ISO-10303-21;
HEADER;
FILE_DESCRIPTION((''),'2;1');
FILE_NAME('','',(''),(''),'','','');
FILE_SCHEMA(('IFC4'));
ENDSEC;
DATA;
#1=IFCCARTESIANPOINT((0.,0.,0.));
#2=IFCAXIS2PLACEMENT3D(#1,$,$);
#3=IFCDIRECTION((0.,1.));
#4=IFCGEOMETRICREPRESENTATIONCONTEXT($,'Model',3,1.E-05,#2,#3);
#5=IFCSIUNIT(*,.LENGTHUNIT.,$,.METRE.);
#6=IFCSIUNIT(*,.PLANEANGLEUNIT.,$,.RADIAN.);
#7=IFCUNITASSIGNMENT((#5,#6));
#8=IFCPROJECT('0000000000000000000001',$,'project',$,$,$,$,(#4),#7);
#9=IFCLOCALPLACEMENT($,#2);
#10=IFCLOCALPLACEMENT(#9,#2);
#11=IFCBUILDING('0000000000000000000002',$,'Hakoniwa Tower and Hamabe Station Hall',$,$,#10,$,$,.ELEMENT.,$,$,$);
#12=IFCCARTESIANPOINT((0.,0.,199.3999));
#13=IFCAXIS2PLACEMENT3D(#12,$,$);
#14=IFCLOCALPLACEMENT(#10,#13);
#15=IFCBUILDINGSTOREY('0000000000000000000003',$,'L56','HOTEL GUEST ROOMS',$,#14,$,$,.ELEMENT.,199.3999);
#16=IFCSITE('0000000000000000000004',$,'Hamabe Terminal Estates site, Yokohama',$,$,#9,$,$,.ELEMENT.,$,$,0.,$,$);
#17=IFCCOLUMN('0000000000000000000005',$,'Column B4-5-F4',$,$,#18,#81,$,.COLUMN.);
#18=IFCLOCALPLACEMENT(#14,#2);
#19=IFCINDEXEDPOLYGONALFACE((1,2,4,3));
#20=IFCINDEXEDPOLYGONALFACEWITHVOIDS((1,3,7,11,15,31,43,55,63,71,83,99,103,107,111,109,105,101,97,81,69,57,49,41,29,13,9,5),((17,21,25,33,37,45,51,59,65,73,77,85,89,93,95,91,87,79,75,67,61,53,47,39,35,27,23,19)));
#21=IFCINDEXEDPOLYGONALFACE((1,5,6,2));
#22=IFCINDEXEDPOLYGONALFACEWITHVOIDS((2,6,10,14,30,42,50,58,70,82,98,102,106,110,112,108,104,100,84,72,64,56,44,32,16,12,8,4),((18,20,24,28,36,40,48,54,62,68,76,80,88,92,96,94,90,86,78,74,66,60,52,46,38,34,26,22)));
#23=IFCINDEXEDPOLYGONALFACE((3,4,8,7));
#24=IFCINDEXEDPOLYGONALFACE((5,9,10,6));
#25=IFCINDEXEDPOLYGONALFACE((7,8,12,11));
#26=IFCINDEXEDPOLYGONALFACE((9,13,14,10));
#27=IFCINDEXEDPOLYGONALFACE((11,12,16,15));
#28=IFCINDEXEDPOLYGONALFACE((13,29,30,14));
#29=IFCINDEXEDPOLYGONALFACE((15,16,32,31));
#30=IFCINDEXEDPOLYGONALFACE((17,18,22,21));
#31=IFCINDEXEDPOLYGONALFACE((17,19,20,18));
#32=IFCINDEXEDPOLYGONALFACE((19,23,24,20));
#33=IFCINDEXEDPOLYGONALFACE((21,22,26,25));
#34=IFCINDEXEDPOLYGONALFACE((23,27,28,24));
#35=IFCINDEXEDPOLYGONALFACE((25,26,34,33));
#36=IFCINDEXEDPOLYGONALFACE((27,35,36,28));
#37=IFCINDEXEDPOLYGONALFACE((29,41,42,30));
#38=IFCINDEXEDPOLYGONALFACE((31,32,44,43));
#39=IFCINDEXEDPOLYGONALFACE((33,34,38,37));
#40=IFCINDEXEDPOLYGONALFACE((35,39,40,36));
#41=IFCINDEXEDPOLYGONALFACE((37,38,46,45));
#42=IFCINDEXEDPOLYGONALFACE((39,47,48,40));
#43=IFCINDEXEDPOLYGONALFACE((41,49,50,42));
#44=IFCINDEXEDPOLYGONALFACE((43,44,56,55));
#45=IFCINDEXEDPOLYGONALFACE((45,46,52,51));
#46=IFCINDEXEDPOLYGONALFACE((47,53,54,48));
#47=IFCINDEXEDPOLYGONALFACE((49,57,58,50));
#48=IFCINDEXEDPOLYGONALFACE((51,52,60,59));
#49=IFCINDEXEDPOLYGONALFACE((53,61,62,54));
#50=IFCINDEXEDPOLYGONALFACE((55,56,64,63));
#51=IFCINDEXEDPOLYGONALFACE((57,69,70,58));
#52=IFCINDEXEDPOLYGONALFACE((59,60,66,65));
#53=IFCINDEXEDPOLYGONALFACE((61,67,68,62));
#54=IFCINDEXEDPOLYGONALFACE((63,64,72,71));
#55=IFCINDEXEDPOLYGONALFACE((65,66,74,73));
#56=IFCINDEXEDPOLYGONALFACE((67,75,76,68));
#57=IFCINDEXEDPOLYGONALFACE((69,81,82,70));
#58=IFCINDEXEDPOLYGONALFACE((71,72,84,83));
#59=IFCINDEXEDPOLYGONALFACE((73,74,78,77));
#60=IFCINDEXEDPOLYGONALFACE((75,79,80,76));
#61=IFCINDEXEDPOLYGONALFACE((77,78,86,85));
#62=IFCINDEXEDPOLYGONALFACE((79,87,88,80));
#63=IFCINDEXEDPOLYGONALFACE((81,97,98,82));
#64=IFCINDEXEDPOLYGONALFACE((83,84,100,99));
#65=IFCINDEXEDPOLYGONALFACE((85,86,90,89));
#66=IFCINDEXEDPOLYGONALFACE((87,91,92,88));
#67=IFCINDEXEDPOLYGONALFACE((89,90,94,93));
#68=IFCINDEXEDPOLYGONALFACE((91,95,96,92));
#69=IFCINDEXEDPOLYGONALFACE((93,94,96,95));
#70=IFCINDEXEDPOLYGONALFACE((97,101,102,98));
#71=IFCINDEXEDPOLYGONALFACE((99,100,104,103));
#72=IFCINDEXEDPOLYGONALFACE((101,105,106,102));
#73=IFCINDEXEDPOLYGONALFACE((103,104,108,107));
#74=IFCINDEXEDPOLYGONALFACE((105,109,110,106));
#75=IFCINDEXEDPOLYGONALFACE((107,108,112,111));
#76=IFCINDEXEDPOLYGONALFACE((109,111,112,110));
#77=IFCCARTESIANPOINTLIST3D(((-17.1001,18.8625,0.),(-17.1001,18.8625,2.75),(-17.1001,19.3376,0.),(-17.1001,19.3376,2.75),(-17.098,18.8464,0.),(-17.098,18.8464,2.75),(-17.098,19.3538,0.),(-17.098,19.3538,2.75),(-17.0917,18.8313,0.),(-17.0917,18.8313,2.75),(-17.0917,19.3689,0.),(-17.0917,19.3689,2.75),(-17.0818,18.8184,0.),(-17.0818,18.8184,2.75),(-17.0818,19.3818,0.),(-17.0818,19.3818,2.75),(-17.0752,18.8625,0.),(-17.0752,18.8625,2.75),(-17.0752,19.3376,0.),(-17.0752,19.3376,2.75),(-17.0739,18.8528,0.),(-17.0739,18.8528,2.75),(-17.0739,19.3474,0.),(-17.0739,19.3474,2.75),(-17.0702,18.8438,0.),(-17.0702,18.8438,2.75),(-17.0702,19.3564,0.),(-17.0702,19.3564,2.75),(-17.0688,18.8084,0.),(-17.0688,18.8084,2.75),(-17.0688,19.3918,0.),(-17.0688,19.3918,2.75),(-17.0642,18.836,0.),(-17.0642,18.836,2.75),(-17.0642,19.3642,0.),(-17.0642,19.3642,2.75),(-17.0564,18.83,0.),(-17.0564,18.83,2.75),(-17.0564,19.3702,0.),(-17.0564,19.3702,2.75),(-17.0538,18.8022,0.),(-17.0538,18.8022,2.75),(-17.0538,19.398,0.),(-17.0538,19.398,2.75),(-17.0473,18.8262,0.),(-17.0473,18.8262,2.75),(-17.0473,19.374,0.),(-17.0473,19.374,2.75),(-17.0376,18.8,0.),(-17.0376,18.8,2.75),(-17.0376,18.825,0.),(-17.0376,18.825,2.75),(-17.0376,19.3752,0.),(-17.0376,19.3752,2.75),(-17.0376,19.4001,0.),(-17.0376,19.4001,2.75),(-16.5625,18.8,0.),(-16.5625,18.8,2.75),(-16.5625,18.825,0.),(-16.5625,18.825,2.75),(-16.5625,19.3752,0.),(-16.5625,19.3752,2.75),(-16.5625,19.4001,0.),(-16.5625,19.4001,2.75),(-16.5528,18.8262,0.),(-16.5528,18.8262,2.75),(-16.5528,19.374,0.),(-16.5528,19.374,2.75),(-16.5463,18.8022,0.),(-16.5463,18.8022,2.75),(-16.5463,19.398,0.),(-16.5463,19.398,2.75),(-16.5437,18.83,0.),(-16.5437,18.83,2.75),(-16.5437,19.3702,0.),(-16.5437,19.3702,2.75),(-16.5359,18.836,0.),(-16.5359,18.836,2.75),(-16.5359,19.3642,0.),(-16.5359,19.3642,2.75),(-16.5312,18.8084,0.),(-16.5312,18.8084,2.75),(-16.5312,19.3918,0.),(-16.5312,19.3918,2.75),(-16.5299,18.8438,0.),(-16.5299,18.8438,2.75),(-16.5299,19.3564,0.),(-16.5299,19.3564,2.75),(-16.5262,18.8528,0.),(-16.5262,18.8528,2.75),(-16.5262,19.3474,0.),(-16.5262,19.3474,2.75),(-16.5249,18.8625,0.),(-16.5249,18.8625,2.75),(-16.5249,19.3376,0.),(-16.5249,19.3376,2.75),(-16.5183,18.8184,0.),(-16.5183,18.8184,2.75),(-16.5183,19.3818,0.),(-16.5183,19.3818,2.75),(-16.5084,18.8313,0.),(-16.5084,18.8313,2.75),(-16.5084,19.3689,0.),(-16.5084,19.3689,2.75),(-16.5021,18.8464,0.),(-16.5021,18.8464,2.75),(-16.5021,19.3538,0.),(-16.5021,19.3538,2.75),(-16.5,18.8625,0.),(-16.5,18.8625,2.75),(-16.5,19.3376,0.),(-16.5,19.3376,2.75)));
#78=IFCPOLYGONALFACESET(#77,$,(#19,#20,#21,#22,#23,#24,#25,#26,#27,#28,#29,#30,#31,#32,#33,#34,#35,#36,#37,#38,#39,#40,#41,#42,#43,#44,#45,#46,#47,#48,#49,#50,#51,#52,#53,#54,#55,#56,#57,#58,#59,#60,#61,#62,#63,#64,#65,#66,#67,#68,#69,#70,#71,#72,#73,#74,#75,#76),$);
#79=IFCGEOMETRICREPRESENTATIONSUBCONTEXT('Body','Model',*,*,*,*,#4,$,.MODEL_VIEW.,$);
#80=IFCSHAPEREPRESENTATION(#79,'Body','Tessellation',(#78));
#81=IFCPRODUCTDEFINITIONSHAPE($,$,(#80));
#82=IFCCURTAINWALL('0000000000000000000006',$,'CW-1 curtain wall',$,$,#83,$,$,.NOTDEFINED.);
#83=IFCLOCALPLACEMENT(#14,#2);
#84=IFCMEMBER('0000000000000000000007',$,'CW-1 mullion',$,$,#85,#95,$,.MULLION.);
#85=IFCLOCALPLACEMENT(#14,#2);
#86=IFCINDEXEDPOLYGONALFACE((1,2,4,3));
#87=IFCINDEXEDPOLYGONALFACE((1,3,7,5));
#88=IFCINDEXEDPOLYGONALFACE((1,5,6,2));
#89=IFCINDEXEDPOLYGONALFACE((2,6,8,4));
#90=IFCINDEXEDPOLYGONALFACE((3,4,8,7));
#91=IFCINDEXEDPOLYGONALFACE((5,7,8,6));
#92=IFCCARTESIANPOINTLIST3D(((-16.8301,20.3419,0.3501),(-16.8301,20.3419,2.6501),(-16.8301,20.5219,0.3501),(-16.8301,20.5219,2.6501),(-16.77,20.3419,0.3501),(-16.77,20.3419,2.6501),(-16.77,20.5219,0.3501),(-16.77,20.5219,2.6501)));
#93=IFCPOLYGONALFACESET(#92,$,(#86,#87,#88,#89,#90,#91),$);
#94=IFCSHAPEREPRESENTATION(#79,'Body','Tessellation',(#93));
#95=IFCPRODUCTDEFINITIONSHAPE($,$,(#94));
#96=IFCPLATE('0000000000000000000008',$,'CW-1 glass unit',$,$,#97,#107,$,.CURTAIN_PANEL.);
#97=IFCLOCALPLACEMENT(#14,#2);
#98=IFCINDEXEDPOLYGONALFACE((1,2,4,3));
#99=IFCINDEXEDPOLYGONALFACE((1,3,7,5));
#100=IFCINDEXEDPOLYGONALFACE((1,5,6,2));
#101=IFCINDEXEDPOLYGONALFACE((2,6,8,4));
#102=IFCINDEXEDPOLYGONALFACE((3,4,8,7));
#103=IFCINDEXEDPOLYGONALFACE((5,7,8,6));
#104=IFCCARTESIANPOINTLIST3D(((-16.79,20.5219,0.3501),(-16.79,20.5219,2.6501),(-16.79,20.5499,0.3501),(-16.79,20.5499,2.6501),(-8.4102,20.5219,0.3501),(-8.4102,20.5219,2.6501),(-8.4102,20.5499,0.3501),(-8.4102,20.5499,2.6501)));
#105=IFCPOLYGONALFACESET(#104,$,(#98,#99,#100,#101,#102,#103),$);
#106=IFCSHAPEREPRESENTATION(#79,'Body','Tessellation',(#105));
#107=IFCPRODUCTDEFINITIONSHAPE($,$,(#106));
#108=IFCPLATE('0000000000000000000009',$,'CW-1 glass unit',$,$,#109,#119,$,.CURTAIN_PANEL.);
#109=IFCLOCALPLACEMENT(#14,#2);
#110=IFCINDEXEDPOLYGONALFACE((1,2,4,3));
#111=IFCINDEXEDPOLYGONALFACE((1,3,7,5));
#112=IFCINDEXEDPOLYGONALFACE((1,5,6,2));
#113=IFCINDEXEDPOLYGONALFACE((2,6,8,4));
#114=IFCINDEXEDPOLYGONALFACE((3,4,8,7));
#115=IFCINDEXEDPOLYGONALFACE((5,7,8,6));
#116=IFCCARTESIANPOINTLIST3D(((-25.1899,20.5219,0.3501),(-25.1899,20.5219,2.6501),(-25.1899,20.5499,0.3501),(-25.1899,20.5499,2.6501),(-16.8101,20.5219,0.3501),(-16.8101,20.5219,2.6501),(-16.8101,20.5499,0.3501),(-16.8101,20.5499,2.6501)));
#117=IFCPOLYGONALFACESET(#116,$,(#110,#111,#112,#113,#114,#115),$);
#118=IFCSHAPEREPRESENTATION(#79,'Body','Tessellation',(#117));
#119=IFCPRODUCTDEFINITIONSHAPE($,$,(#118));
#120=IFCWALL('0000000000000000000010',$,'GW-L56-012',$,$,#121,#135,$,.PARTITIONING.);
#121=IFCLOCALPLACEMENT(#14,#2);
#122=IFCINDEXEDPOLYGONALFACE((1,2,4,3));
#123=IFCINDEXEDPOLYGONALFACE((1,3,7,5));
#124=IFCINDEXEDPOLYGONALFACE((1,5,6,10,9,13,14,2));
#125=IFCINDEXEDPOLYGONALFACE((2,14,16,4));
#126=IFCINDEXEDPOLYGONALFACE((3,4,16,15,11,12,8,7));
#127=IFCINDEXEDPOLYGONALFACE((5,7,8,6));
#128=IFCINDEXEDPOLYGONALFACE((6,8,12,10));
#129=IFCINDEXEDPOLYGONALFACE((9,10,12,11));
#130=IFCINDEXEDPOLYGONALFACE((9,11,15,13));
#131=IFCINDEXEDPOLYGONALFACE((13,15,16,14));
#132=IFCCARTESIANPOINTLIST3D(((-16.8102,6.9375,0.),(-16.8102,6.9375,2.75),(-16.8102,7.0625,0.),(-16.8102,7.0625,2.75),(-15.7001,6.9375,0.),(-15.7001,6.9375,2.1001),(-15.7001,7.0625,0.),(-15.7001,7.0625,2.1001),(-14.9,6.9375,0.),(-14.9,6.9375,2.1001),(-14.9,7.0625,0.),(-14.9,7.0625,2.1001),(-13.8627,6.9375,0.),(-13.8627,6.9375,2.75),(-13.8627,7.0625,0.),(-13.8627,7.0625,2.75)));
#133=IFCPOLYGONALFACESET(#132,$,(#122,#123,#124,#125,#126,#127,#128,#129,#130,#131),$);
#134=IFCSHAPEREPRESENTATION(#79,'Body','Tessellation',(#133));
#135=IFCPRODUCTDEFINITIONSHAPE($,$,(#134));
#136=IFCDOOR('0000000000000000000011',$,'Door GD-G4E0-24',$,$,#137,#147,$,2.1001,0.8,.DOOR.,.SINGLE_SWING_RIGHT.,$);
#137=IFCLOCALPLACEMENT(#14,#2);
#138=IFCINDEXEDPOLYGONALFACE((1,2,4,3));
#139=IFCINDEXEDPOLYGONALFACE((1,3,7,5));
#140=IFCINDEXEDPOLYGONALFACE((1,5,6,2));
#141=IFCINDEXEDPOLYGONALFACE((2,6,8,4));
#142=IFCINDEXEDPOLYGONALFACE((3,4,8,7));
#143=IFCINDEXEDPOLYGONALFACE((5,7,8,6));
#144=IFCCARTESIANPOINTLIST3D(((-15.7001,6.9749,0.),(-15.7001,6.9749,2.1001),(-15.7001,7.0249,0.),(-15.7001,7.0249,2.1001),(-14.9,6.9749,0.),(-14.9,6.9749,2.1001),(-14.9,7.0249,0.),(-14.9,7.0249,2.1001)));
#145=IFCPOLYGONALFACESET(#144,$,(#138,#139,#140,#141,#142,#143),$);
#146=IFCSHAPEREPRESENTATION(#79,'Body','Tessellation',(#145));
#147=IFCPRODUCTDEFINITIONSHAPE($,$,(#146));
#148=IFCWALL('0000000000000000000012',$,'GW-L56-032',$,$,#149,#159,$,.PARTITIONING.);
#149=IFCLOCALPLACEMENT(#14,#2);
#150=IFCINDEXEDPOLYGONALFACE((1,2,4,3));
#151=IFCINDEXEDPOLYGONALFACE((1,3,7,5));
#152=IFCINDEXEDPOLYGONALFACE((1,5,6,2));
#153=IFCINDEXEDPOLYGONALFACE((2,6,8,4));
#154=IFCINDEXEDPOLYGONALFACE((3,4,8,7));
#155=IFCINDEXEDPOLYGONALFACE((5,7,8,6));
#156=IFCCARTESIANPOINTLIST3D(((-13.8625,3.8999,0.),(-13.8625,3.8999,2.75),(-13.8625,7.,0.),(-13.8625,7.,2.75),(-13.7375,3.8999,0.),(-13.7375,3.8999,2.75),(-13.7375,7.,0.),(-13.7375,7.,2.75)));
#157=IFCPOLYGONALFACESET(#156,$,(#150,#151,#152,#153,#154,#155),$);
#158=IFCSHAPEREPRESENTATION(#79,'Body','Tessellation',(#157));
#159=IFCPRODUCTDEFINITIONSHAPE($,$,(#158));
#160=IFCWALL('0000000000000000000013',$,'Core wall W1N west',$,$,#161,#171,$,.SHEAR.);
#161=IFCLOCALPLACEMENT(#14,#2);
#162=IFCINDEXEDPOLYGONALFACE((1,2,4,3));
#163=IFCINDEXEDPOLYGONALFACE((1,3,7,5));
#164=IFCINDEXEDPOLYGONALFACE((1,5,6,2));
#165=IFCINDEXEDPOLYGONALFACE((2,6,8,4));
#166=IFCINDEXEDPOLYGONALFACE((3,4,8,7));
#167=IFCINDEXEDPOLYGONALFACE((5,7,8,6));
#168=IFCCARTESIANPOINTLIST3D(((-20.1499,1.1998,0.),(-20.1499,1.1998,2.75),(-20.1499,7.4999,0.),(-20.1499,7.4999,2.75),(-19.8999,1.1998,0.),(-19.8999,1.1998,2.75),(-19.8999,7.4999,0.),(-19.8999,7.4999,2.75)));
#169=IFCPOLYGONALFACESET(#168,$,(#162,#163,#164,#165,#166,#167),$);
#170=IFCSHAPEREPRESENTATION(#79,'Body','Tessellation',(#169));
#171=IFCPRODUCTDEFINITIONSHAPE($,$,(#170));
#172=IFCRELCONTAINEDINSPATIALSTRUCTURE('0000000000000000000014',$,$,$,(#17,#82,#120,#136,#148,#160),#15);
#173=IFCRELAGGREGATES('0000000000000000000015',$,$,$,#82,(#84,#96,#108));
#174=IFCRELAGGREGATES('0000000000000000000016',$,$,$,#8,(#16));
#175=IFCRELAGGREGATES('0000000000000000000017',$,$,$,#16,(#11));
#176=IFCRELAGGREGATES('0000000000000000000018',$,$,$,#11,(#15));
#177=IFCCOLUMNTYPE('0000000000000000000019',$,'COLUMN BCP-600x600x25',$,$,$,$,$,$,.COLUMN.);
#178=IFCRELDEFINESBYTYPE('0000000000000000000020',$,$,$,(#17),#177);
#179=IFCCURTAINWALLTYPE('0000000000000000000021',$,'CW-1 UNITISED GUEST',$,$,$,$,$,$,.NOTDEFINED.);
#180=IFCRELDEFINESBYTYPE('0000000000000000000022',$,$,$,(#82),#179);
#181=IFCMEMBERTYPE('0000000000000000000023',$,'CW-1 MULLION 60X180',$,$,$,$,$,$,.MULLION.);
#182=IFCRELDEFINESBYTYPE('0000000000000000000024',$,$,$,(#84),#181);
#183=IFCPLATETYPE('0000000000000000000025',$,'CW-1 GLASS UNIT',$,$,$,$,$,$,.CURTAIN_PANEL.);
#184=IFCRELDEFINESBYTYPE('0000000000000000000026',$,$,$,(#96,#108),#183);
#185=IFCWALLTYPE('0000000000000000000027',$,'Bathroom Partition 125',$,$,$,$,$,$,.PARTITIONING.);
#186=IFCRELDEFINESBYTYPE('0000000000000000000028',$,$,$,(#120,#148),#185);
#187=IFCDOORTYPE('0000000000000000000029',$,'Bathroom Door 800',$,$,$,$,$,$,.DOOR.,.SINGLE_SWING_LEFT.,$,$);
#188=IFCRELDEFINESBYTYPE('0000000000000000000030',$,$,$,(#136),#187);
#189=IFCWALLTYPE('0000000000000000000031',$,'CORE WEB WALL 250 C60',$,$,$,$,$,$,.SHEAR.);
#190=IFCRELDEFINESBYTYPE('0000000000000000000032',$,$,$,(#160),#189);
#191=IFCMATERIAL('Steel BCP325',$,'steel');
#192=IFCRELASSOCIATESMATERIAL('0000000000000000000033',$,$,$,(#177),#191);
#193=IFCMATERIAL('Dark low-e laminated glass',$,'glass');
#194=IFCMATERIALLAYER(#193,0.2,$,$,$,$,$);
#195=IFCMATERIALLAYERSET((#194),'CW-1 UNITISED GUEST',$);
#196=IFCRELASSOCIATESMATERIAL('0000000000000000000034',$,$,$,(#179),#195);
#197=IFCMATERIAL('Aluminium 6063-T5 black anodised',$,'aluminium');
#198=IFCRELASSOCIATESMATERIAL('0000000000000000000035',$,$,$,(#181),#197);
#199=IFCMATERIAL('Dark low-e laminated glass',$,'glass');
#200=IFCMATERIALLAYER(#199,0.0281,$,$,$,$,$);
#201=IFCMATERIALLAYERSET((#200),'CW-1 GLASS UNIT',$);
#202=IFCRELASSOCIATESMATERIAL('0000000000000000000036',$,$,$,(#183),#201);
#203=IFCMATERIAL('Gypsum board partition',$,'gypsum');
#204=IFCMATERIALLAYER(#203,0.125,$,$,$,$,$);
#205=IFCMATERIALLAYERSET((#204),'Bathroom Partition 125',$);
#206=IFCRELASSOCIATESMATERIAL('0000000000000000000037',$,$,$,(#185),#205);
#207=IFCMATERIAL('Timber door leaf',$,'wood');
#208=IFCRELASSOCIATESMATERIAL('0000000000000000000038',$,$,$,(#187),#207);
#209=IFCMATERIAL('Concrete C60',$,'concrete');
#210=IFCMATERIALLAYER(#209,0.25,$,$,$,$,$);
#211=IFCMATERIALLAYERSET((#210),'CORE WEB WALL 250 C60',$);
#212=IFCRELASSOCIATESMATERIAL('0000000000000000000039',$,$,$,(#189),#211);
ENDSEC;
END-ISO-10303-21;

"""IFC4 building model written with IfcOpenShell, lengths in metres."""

from ifc_helpers import new_model, si_unit, direction, frame, frame_2d, origin, origin_2d, place, context, subcontext, project, spatial, rectangle, hollow_rectangle, extrude, material, layer, layer_set, material_profile, profile_set, type_object, element, fill, aggregate, save


model = new_model("IFC4")

# Units and contexts
model_context = context("Model", 3, precision=1e-05, world=origin(), true_north=direction((0.0, 1.0)))
body_context = subcontext(model_context, "Body", "Model", "MODEL_VIEW")
ifc_project = project(units=[si_unit("LENGTHUNIT", "METRE"), si_unit("PLANEANGLEUNIT", "RADIAN")], contexts=[model_context])

# Site, building, storey
site_placement = place(None, origin())
site = spatial("IfcSite", under=ifc_project, at=site_placement, Name="Hamabe Terminal Estates site, Yokohama", CompositionType="ELEMENT", RefElevation=0.0)
building_placement = place(site_placement, origin())
building = spatial("IfcBuilding", under=site, at=building_placement, Name="Hakoniwa Tower and Hamabe Station Hall", CompositionType="ELEMENT")
storey_placement = place(building_placement, frame((0.0, 0.0, 199.3999)))
storey = spatial("IfcBuildingStorey", under=building, at=storey_placement, Name="L56", Description="HOTEL GUEST ROOMS", CompositionType="ELEMENT", Elevation=199.3999)

# Column
ifc_material_1 = material(Name="Steel BCP325", Category="steel")
ifc_material_profile_1 = material_profile(ifc_material_1, hollow_rectangle(XDim=0.6001, YDim=0.6001, WallThickness=0.0249, InnerFilletRadius=0.0376, OuterFilletRadius=0.0625, at=origin_2d()), Name="BCP-600x600x25")
ifc_profile_set_1 = profile_set([ifc_material_profile_1], Name="Steel BCP325")
column_type = type_object("IfcColumnType", Name="COLUMN BCP-600x600x25", PredefinedType="COLUMN", material=ifc_profile_set_1)
column_placement = place(storey_placement, frame((-16.8, 19.1001, 0.0), z_axis=(0.0, 0.0, 1.0), x_axis=(1.0, 0.0, 0.0)))
element("IfcColumn", 1, at=column_placement, inside=storey, type_object=column_type, Name="Column B4-5-F4", PredefinedType="COLUMN", context=body_context, shape_type="SweptSolid", body=[
    extrude(hollow_rectangle(XDim=0.6001, YDim=0.6001, WallThickness=0.0249, InnerFilletRadius=0.0376, OuterFilletRadius=0.0625, at=origin_2d()), origin(), (0.0, 0.0, 1.0), 2.75),
])

# Curtain wall, member, plates
ifc_material_2 = material(Name="Dark low-e laminated glass", Category="glass")
ifc_layer_1 = layer(ifc_material_2, 0.2)
ifc_layer_set_1 = layer_set([ifc_layer_1], Name="CW-1 UNITISED GUEST")
curtain_wall_type = type_object("IfcCurtainWallType", Name="CW-1 UNITISED GUEST", PredefinedType="NOTDEFINED", material=ifc_layer_set_1)
curtain_wall_placement = place(storey_placement, origin())
curtain_wall = element("IfcCurtainWall", 2, at=curtain_wall_placement, inside=storey, type_object=curtain_wall_type, Name="CW-1 curtain wall", PredefinedType="NOTDEFINED")
ifc_material_3 = material(Name="Aluminium 6063-T5 black anodised", Category="aluminium")
ifc_material_profile_2 = material_profile(ifc_material_3, rectangle(XDim=0.0601, YDim=0.1799, at=origin_2d()), Name="CW-1 MULLION 60X180")
ifc_profile_set_2 = profile_set([ifc_material_profile_2], Name="Aluminium 6063-T5 black anodised")
member_type = type_object("IfcMemberType", Name="CW-1 MULLION 60X180", PredefinedType="MULLION", material=ifc_profile_set_2)
member_placement = place(storey_placement, frame((-16.8, 20.4319, 0.3501), z_axis=(0.0, 0.0, 1.0), x_axis=(-1.0, 0.0, 0.0)))
member = element("IfcMember", 3, at=member_placement, type_object=member_type, Name="CW-1 mullion", PredefinedType="MULLION", context=body_context, shape_type="SweptSolid", body=[
    extrude(rectangle(XDim=0.0601, YDim=0.1799, at=origin_2d()), origin(), (0.0, 0.0, 1.0), 2.3),
])
ifc_material_4 = material(Name="Dark low-e laminated glass", Category="glass")
ifc_layer_2 = layer(ifc_material_4, 0.0281)
ifc_layer_set_2 = layer_set([ifc_layer_2], Name="CW-1 GLASS UNIT")
plate_type = type_object("IfcPlateType", Name="CW-1 GLASS UNIT", PredefinedType="CURTAIN_PANEL", material=ifc_layer_set_2)
plate_1_placement = place(storey_placement, frame((-12.6001, 20.5359, 0.3501), z_axis=(0.0, 0.0, 1.0), x_axis=(-1.0, 0.0, 0.0)))
plate_1 = element("IfcPlate", 4, at=plate_1_placement, type_object=plate_type, Name="CW-1 glass unit", PredefinedType="CURTAIN_PANEL", context=body_context, shape_type="SweptSolid", body=[
    extrude(rectangle(XDim=8.3799, YDim=0.0281, at=origin_2d()), origin(), (0.0, 0.0, 1.0), 2.3),
])
plate_2_placement = place(storey_placement, frame((-21.0, 20.5359, 0.3501), z_axis=(0.0, 0.0, 1.0), x_axis=(-1.0, 0.0, 0.0)))
plate_2 = element("IfcPlate", 5, at=plate_2_placement, type_object=plate_type, Name="CW-1 glass unit", PredefinedType="CURTAIN_PANEL", context=body_context, shape_type="SweptSolid", body=[
    extrude(rectangle(XDim=8.3799, YDim=0.0281, at=origin_2d()), origin(), (0.0, 0.0, 1.0), 2.3),
])
aggregate(curtain_wall, [member, plate_1, plate_2])

# Wall, opening, door
ifc_material_5 = material(Name="Gypsum board partition", Category="gypsum")
ifc_layer_3 = layer(ifc_material_5, 0.125)
ifc_layer_set_3 = layer_set([ifc_layer_3], Name="Bathroom Partition 125")
wall_type_1 = type_object("IfcWallType", Name="Bathroom Partition 125", PredefinedType="PARTITIONING", material=ifc_layer_set_3)
wall_1_placement = place(storey_placement, frame((-16.8101, 7.0, 0.0), z_axis=(0.0, 0.0, 1.0), x_axis=(1.0, 0.0, 0.0)))
wall_1 = element("IfcWall", 6, at=wall_1_placement, inside=storey, type_object=wall_type_1, Name="GW-L56-012", PredefinedType="PARTITIONING", context=body_context, shape_type="SweptSolid", body=[
    extrude(rectangle(XDim=2.9475, YDim=0.125, at=frame_2d((1.4736, 0.0))), origin(), (0.0, 0.0, 1.0), 2.75),
])
opening_1_placement = place(wall_1_placement, frame((1.1101, 0.0, 0.0)))
opening_1 = element("IfcOpeningElement", 7, at=opening_1_placement, cuts=wall_1, PredefinedType="OPENING", context=body_context, shape_type="SweptSolid", body=[
    extrude(rectangle(XDim=0.8, YDim=2.1001, at=frame_2d((0.3999, 1.05))), frame((0.0, 0.0725, 0.0), z_axis=(0.0, -1.0, 0.0), x_axis=(1.0, 0.0, 0.0)), (0.0, 0.0, 1.0), 0.145),
])
ifc_material_6 = material(Name="Timber door leaf", Category="wood")
door_type_1 = type_object("IfcDoorType", Name="Bathroom Door 800", OperationType="SINGLE_SWING_LEFT", PredefinedType="DOOR", material=ifc_material_6)
door_1_placement = place(opening_1_placement, origin())
door_1 = element("IfcDoor", 8, at=door_1_placement, inside=storey, type_object=door_type_1, Name="Door GD-G4E0-24", OperationType="SINGLE_SWING_RIGHT", OverallHeight=2.1001, OverallWidth=0.8, PredefinedType="DOOR", context=body_context, shape_type="SweptSolid", body=[
    extrude(rectangle(XDim=0.8, YDim=2.1001, at=frame_2d((0.3999, 1.05))), frame((0.0, 0.0249, 0.0), z_axis=(0.0, -1.0, 0.0), x_axis=(1.0, 0.0, 0.0)), (0.0, 0.0, 1.0), 0.05),
])
fill(opening_1, door_1)

# Walls
wall_2_placement = place(storey_placement, frame((-13.8, 3.8999, 0.0), z_axis=(0.0, 0.0, 1.0), x_axis=(0.0, 1.0, 0.0)))
element("IfcWall", 9, at=wall_2_placement, inside=storey, type_object=wall_type_1, Name="GW-L56-032", PredefinedType="PARTITIONING", context=body_context, shape_type="SweptSolid", body=[
    extrude(rectangle(XDim=3.1001, YDim=0.125, at=frame_2d((1.55, 0.0))), origin(), (0.0, 0.0, 1.0), 2.75),
])
ifc_material_7 = material(Name="Concrete C60", Category="concrete")
ifc_layer_4 = layer(ifc_material_7, 0.25)
ifc_layer_set_4 = layer_set([ifc_layer_4], Name="CORE WEB WALL 250 C60")
wall_type_2 = type_object("IfcWallType", Name="CORE WEB WALL 250 C60", PredefinedType="SHEAR", material=ifc_layer_set_4)
wall_3_placement = place(storey_placement, frame((-20.0249, 1.2, 0.0), z_axis=(0.0, 0.0, 1.0), x_axis=(0.0, 1.0, 0.0)))
element("IfcWall", 10, at=wall_3_placement, inside=storey, type_object=wall_type_2, Name="Core wall W1N west", PredefinedType="SHEAR", context=body_context, shape_type="SweptSolid", body=[
    extrude(rectangle(XDim=6.3, YDim=0.25, at=frame_2d((3.1499, 0.0))), origin(), (0.0, 0.0, 1.0), 2.75),
])

save(model, "model.ifc")
